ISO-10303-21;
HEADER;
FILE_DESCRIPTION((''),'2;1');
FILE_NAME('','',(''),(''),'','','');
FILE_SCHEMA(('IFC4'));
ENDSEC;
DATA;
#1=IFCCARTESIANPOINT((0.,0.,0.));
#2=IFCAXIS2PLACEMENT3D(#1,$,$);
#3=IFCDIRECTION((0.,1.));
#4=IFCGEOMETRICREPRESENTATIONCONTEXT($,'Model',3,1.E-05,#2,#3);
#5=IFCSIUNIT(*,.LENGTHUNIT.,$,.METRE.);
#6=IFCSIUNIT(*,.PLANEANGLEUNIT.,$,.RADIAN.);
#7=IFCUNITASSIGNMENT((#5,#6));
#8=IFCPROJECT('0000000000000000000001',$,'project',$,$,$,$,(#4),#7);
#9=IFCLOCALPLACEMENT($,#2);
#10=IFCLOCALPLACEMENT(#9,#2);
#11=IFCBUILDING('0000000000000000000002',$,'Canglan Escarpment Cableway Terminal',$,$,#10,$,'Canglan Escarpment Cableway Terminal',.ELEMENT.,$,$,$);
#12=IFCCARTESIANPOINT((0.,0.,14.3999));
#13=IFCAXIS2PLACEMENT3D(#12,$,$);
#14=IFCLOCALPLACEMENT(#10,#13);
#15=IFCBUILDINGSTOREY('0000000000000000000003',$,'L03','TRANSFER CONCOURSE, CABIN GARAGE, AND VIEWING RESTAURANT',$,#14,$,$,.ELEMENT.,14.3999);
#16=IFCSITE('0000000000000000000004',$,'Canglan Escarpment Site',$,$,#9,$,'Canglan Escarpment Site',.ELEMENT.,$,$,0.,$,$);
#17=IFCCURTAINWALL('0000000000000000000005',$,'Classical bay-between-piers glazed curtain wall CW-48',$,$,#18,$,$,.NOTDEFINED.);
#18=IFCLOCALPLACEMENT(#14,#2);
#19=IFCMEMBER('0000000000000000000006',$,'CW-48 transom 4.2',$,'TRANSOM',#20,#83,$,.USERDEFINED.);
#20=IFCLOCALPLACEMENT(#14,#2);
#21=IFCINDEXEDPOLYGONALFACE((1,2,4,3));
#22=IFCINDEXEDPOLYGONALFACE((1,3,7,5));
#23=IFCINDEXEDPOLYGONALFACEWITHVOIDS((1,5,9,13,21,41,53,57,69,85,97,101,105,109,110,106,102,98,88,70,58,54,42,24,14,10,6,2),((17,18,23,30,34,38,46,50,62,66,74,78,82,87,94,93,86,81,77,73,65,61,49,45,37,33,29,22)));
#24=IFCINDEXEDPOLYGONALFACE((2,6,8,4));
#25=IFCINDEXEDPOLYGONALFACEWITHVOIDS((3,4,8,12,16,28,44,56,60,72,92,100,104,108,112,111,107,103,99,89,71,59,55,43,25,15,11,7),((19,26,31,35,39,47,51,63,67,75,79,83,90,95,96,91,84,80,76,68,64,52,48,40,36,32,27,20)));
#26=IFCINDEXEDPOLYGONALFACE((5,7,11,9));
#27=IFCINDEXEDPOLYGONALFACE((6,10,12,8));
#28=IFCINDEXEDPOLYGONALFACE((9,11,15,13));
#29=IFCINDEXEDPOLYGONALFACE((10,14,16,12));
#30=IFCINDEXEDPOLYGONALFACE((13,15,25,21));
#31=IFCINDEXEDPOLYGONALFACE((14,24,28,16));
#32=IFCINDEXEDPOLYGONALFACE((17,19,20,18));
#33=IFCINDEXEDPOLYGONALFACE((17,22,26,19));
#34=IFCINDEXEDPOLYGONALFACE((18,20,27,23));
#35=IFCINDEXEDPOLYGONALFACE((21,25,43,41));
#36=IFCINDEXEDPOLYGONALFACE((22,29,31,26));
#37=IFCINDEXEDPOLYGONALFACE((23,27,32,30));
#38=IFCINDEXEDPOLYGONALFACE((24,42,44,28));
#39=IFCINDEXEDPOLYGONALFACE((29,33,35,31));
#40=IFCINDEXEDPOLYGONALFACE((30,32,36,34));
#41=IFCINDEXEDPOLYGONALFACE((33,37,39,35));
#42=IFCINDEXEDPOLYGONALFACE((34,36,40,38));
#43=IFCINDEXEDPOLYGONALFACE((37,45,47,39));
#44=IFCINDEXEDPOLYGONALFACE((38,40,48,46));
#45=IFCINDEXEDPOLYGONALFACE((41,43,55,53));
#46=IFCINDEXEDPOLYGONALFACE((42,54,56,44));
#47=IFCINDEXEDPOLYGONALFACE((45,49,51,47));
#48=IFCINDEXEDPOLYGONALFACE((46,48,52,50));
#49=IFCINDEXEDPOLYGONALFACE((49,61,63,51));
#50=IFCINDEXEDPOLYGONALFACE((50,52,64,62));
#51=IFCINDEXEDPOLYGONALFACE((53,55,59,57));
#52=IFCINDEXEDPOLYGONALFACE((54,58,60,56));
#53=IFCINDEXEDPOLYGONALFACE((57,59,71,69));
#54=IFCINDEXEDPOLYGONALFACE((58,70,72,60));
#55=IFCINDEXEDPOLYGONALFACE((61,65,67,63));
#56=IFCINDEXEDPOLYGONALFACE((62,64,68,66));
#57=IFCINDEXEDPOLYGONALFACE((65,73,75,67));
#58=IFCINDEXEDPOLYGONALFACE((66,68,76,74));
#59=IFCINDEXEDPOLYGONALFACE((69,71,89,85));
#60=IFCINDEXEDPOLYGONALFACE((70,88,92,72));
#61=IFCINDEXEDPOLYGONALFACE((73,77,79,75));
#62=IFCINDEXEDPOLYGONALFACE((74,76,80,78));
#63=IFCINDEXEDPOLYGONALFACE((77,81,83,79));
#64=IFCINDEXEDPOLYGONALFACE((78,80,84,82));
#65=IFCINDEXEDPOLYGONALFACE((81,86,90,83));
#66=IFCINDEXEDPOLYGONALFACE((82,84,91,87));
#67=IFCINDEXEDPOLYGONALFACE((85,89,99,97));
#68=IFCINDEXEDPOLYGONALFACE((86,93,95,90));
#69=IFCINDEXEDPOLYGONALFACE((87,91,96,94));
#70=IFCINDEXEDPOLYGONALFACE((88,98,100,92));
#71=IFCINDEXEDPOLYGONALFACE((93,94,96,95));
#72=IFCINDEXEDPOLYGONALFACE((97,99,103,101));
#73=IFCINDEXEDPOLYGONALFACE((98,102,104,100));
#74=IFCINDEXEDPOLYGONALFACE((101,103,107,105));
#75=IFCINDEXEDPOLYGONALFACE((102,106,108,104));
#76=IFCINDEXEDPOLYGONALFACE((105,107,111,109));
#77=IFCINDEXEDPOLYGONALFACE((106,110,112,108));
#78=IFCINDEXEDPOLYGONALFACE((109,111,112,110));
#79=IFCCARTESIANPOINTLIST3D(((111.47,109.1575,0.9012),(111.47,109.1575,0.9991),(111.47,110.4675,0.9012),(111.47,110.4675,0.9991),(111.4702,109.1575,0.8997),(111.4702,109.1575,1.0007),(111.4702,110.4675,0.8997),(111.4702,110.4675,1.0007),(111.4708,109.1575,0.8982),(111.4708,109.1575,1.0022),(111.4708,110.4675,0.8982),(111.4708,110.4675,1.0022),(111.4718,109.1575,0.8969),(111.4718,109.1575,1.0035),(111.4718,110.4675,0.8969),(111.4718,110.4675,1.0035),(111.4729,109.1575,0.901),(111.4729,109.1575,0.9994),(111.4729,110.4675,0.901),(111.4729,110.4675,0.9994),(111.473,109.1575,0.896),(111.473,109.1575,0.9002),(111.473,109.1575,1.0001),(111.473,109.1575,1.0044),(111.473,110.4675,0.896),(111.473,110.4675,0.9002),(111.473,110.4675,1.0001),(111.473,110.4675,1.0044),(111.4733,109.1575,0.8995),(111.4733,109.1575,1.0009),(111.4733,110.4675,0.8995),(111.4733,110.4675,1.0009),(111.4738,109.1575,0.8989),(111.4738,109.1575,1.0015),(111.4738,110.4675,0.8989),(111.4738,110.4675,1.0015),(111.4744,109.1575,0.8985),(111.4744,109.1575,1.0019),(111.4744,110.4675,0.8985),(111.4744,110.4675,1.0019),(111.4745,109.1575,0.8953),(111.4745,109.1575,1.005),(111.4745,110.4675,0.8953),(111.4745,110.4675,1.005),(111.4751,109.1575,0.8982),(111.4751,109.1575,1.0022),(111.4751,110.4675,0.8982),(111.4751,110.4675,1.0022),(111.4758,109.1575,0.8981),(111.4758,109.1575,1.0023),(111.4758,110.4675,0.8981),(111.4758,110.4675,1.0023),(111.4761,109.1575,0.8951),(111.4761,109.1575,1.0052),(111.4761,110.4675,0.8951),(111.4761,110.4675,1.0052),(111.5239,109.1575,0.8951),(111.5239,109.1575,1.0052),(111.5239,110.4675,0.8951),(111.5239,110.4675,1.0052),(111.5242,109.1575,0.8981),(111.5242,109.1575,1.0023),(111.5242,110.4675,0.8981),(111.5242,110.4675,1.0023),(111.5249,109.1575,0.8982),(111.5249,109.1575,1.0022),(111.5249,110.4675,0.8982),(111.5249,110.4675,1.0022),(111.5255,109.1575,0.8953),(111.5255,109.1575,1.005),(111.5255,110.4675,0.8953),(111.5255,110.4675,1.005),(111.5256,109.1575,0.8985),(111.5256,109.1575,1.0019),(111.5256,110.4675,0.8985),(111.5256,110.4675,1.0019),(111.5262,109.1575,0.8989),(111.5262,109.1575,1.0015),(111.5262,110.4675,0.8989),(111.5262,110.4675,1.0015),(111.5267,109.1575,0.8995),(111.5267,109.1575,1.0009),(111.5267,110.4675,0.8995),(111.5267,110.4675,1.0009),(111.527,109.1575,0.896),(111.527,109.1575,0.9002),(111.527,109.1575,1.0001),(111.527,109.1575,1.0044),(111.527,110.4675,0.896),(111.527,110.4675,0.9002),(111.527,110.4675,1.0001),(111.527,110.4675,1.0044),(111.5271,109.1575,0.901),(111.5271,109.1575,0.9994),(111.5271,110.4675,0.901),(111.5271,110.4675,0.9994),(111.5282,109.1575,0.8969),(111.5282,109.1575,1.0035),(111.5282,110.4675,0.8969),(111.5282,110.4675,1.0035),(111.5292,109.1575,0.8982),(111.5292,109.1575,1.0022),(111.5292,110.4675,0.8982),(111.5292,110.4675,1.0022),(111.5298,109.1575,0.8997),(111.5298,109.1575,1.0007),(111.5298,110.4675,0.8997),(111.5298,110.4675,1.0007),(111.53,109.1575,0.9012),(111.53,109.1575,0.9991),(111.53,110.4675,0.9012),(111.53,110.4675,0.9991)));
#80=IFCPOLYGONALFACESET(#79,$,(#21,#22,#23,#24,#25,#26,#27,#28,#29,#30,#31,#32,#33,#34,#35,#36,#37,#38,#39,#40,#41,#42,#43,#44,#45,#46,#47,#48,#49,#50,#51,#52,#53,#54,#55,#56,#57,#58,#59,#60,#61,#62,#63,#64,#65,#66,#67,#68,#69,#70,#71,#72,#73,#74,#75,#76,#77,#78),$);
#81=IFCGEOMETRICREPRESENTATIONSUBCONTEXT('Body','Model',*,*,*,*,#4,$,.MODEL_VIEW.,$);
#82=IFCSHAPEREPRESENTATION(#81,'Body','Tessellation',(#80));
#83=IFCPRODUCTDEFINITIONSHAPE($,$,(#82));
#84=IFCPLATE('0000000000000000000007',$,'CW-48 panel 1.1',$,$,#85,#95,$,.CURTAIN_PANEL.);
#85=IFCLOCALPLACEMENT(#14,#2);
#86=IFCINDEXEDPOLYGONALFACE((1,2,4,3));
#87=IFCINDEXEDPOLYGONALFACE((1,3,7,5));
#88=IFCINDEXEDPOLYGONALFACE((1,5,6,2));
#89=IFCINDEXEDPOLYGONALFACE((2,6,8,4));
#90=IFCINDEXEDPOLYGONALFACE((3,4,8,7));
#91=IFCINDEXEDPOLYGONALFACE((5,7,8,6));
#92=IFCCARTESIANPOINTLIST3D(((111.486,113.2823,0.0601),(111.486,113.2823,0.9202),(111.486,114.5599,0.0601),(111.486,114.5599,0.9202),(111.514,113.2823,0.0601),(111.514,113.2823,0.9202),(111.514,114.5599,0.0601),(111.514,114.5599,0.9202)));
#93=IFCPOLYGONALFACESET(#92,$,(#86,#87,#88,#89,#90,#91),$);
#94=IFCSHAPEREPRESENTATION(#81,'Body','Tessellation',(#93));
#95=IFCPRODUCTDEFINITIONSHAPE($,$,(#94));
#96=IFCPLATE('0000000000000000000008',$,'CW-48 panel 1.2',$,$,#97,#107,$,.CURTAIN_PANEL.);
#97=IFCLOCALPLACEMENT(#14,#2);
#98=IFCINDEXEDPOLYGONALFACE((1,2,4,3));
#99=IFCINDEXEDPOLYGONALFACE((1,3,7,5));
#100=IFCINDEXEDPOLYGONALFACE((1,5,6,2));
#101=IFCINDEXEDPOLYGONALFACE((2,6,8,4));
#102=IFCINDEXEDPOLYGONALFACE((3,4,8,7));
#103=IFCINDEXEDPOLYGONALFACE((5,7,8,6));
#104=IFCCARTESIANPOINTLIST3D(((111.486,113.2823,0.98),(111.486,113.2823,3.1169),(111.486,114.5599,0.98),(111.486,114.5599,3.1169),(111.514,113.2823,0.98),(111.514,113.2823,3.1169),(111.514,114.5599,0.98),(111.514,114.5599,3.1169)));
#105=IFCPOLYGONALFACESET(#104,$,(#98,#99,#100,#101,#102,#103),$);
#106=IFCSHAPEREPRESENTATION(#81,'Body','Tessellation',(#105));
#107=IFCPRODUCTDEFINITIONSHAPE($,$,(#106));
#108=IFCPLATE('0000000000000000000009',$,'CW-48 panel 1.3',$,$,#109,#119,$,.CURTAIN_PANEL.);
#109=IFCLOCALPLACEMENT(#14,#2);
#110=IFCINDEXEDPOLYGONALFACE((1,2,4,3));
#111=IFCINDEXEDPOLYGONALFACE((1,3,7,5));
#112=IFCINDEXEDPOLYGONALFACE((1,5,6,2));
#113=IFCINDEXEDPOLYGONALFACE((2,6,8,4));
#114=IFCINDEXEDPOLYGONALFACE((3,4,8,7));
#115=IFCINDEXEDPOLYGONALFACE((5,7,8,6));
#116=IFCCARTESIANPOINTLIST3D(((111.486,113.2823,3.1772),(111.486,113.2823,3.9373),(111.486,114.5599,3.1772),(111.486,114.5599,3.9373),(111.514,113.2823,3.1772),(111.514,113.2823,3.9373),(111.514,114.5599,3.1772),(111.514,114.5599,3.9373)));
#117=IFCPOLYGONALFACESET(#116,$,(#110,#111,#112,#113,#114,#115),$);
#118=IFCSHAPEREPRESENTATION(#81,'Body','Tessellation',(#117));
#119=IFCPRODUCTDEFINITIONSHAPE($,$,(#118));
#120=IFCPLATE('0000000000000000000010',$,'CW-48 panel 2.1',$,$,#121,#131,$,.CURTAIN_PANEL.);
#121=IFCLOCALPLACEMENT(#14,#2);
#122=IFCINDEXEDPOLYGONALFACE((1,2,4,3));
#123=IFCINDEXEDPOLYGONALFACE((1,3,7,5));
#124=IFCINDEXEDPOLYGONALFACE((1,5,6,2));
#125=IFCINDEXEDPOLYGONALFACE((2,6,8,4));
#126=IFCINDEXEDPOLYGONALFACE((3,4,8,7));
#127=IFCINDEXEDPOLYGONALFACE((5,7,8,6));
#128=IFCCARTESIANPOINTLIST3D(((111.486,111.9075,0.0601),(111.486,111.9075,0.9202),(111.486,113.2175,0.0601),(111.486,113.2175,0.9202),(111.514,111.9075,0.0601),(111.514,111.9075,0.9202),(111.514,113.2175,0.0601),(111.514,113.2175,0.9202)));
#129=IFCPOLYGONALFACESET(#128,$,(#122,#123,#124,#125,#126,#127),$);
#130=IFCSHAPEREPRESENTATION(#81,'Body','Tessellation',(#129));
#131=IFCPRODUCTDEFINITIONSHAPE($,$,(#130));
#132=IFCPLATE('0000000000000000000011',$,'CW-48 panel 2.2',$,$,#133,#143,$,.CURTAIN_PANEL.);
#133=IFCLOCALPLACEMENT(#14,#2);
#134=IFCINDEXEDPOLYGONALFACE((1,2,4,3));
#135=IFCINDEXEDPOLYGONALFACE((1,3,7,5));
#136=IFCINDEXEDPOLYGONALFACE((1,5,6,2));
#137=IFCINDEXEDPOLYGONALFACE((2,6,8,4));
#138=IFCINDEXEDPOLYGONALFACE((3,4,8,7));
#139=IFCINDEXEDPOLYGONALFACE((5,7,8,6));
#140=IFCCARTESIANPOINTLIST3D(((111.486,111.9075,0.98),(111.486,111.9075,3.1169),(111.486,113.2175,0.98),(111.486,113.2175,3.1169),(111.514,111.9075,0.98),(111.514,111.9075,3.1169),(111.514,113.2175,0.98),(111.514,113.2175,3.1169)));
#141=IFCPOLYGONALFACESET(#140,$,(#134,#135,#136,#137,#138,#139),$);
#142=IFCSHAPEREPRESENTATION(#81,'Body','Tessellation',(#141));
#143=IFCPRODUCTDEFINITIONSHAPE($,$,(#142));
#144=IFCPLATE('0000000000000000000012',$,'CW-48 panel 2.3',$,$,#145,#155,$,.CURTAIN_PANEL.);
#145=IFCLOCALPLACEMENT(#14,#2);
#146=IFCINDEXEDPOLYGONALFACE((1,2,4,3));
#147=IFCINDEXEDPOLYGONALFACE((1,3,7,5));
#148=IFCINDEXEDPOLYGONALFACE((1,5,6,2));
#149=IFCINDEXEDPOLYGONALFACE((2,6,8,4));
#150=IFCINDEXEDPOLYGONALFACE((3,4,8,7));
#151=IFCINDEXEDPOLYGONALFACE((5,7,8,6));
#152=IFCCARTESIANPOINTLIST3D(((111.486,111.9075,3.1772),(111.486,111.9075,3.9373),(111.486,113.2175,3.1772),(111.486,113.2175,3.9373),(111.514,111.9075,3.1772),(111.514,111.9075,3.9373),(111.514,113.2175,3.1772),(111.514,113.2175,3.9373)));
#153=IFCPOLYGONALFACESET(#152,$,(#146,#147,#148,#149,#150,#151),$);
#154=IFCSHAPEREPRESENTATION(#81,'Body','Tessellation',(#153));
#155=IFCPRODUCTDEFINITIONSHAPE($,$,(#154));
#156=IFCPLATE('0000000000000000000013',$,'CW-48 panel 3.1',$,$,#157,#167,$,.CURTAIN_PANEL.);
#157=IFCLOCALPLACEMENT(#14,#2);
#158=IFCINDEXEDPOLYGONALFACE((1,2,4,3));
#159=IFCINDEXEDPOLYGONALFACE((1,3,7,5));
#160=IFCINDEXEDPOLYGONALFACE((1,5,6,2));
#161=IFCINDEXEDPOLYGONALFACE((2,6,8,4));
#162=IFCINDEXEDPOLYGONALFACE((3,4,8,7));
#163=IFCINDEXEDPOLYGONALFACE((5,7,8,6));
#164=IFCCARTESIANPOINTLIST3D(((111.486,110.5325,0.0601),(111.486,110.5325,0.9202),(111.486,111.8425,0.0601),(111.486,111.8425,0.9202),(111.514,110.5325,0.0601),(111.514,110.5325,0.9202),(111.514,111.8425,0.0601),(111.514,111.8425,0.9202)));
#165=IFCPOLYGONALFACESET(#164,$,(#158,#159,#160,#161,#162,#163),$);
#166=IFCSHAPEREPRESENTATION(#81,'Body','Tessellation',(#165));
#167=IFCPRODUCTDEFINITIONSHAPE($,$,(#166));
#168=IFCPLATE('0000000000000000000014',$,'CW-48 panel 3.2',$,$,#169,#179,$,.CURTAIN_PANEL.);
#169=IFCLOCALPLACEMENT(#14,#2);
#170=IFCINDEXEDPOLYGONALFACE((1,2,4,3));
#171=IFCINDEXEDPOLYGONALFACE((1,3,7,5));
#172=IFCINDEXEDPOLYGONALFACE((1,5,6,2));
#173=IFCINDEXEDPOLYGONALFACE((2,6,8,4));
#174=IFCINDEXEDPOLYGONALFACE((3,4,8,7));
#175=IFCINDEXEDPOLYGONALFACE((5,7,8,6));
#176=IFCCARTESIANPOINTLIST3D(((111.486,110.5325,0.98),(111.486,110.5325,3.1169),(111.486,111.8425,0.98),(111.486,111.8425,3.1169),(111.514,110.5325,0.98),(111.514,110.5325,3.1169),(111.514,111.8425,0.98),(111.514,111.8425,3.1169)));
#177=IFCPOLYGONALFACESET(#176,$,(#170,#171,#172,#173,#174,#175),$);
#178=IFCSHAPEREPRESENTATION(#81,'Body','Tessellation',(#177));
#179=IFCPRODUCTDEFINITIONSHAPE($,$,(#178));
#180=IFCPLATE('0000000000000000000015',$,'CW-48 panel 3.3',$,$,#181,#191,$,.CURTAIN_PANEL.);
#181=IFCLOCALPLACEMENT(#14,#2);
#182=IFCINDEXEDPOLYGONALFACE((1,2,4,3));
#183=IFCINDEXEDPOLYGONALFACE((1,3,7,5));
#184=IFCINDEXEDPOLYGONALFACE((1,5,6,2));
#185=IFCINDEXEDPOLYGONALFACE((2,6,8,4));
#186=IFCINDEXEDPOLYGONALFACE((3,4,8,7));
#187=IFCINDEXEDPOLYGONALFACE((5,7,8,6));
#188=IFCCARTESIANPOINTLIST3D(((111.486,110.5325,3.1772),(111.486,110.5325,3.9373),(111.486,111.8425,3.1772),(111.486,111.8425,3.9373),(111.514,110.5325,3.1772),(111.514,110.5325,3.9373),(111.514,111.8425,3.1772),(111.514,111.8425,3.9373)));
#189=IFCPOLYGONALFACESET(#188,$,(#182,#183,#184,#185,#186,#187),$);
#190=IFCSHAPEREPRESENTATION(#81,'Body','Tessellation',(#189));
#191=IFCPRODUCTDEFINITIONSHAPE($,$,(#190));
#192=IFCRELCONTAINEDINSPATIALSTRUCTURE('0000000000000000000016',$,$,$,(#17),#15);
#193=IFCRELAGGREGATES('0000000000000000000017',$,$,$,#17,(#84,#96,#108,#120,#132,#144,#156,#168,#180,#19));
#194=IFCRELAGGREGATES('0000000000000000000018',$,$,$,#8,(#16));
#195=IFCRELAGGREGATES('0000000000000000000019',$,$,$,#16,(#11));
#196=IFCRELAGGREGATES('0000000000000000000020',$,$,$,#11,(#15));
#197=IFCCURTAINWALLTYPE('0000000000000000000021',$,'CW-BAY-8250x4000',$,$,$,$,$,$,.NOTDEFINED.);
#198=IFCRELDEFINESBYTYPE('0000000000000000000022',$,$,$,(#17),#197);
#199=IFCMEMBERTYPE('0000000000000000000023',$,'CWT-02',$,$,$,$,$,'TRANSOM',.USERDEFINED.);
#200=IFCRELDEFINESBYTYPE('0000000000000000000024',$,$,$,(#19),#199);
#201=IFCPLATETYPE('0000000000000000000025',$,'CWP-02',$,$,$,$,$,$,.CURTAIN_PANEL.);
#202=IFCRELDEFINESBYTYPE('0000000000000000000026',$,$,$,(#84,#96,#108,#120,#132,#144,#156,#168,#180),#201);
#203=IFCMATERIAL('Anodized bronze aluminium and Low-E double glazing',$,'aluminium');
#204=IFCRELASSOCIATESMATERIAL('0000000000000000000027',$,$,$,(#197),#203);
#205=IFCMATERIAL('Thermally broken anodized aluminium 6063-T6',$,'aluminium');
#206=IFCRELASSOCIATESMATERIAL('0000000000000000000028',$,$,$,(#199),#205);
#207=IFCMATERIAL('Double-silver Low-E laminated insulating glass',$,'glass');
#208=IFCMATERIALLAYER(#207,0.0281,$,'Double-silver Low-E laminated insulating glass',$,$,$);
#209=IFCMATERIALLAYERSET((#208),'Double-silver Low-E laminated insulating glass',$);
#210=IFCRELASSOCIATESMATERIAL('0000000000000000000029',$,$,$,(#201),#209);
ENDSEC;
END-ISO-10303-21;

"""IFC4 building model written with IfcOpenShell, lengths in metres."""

from ifc_helpers import new_model, si_unit, direction, frame, origin, origin_2d, place, context, subcontext, project, spatial, rectangle, hollow_rectangle, extrude, material, layer, layer_set, material_profile, profile_set, type_object, element, aggregate, save


model = new_model("IFC4")

# Units and contexts
model_context = context("Model", 3, precision=1e-05, world=origin(), true_north=direction((0.0, 1.0)))
body_context = subcontext(model_context, "Body", "Model", "MODEL_VIEW")
ifc_project = project(units=[si_unit("LENGTHUNIT", "METRE"), si_unit("PLANEANGLEUNIT", "RADIAN")], contexts=[model_context])

# Site, building, storey
site_placement = place(None, origin())
site = spatial("IfcSite", under=ifc_project, at=site_placement, Name="Canglan Escarpment Site", LongName="Canglan Escarpment Site", CompositionType="ELEMENT", RefElevation=0.0)
building_placement = place(site_placement, origin())
building = spatial("IfcBuilding", under=site, at=building_placement, Name="Canglan Escarpment Cableway Terminal", LongName="Canglan Escarpment Cableway Terminal", CompositionType="ELEMENT")
storey_placement = place(building_placement, frame((0.0, 0.0, 14.3999)))
storey = spatial("IfcBuildingStorey", under=building, at=storey_placement, Name="L03", Description="TRANSFER CONCOURSE, CABIN GARAGE, AND VIEWING RESTAURANT", CompositionType="ELEMENT", Elevation=14.3999)

# Curtain wall, member, plates
ifc_material_1 = material(Name="Anodized bronze aluminium and Low-E double glazing", Category="aluminium")
curtain_wall_type = type_object("IfcCurtainWallType", Name="CW-BAY-8250x4000", PredefinedType="NOTDEFINED", material=ifc_material_1)
curtain_wall_placement = place(storey_placement, origin())
curtain_wall = element("IfcCurtainWall", 1, at=curtain_wall_placement, inside=storey, type_object=curtain_wall_type, Name="Classical bay-between-piers glazed curtain wall CW-48", PredefinedType="NOTDEFINED")
ifc_material_2 = material(Name="Thermally broken anodized aluminium 6063-T6", Category="aluminium")
ifc_material_profile_1 = material_profile(ifc_material_2, hollow_rectangle(XDim=0.0601, YDim=0.1101, WallThickness=0.0029, InnerFilletRadius=0.0029, OuterFilletRadius=0.0061, at=origin_2d()), Name="ALU-TRAN 60x110x3")
ifc_profile_set_1 = profile_set([ifc_material_profile_1], Name="Thermally broken anodized aluminium 6063-T6")
member_type_1 = type_object("IfcMemberType", Name="CWT-02", ElementType="TRANSOM", PredefinedType="USERDEFINED", material=ifc_profile_set_1)
member_1_placement = place(storey_placement, frame((111.5, 110.4675, 0.9502), z_axis=(0.0, -1.0, 0.0), x_axis=(1.0, 0.0, 0.0)))
member_1 = element("IfcMember", 2, at=member_1_placement, type_object=member_type_1, Name="CW-48 transom 4.2", ObjectType="TRANSOM", PredefinedType="USERDEFINED", context=body_context, shape_type="SweptSolid", body=[
    extrude(hollow_rectangle(XDim=0.0601, YDim=0.1101, WallThickness=0.0029, InnerFilletRadius=0.0029, OuterFilletRadius=0.0061, at=origin_2d()), origin(), (0.0, 0.0, 1.0), 1.3101),
])
ifc_material_3 = material(Name="Double-silver Low-E laminated insulating glass", Category="glass")
ifc_layer = layer(ifc_material_3, 0.0281, Name="Double-silver Low-E laminated insulating glass")
ifc_layer_set = layer_set([ifc_layer], Name="Double-silver Low-E laminated insulating glass")
plate_type = type_object("IfcPlateType", Name="CWP-02", PredefinedType="CURTAIN_PANEL", material=ifc_layer_set)
plate_1_placement = place(storey_placement, frame((111.5, 113.9211, 0.0601), z_axis=(0.0, 0.0, 1.0), x_axis=(0.0, -1.0, 0.0)))
plate_1 = element("IfcPlate", 3, at=plate_1_placement, type_object=plate_type, Name="CW-48 panel 1.1", PredefinedType="CURTAIN_PANEL", context=body_context, shape_type="SweptSolid", body=[
    extrude(rectangle(XDim=1.2776, YDim=0.0281, at=origin_2d()), origin(), (0.0, 0.0, 1.0), 0.8601),
])
plate_2_placement = place(storey_placement, frame((111.5, 113.9211, 0.98), z_axis=(0.0, 0.0, 1.0), x_axis=(0.0, -1.0, 0.0)))
plate_2 = element("IfcPlate", 4, at=plate_2_placement, type_object=plate_type, Name="CW-48 panel 1.2", PredefinedType="CURTAIN_PANEL", context=body_context, shape_type="SweptSolid", body=[
    extrude(rectangle(XDim=1.2776, YDim=0.0281, at=origin_2d()), origin(), (0.0, 0.0, 1.0), 2.137),
])
plate_3_placement = place(storey_placement, frame((111.5, 113.9211, 3.1772), z_axis=(0.0, 0.0, 1.0), x_axis=(0.0, -1.0, 0.0)))
plate_3 = element("IfcPlate", 5, at=plate_3_placement, type_object=plate_type, Name="CW-48 panel 1.3", PredefinedType="CURTAIN_PANEL", context=body_context, shape_type="SweptSolid", body=[
    extrude(rectangle(XDim=1.2776, YDim=0.0281, at=origin_2d()), origin(), (0.0, 0.0, 1.0), 0.76),
])
plate_4_placement = place(storey_placement, frame((111.5, 112.5625, 0.0601), z_axis=(0.0, 0.0, 1.0), x_axis=(0.0, -1.0, 0.0)))
plate_4 = element("IfcPlate", 6, at=plate_4_placement, type_object=plate_type, Name="CW-48 panel 2.1", PredefinedType="CURTAIN_PANEL", context=body_context, shape_type="SweptSolid", body=[
    extrude(rectangle(XDim=1.3101, YDim=0.0281, at=origin_2d()), origin(), (0.0, 0.0, 1.0), 0.8601),
])
plate_5_placement = place(storey_placement, frame((111.5, 112.5625, 0.98), z_axis=(0.0, 0.0, 1.0), x_axis=(0.0, -1.0, 0.0)))
plate_5 = element("IfcPlate", 7, at=plate_5_placement, type_object=plate_type, Name="CW-48 panel 2.2", PredefinedType="CURTAIN_PANEL", context=body_context, shape_type="SweptSolid", body=[
    extrude(rectangle(XDim=1.3101, YDim=0.0281, at=origin_2d()), origin(), (0.0, 0.0, 1.0), 2.137),
])
plate_6_placement = place(storey_placement, frame((111.5, 112.5625, 3.1772), z_axis=(0.0, 0.0, 1.0), x_axis=(0.0, -1.0, 0.0)))
plate_6 = element("IfcPlate", 8, at=plate_6_placement, type_object=plate_type, Name="CW-48 panel 2.3", PredefinedType="CURTAIN_PANEL", context=body_context, shape_type="SweptSolid", body=[
    extrude(rectangle(XDim=1.3101, YDim=0.0281, at=origin_2d()), origin(), (0.0, 0.0, 1.0), 0.76),
])
plate_7_placement = place(storey_placement, frame((111.5, 111.1875, 0.0601), z_axis=(0.0, 0.0, 1.0), x_axis=(0.0, -1.0, 0.0)))
plate_7 = element("IfcPlate", 9, at=plate_7_placement, type_object=plate_type, Name="CW-48 panel 3.1", PredefinedType="CURTAIN_PANEL", context=body_context, shape_type="SweptSolid", body=[
    extrude(rectangle(XDim=1.3101, YDim=0.0281, at=origin_2d()), origin(), (0.0, 0.0, 1.0), 0.8601),
])
plate_8_placement = place(storey_placement, frame((111.5, 111.1875, 0.98), z_axis=(0.0, 0.0, 1.0), x_axis=(0.0, -1.0, 0.0)))
plate_8 = element("IfcPlate", 10, at=plate_8_placement, type_object=plate_type, Name="CW-48 panel 3.2", PredefinedType="CURTAIN_PANEL", context=body_context, shape_type="SweptSolid", body=[
    extrude(rectangle(XDim=1.3101, YDim=0.0281, at=origin_2d()), origin(), (0.0, 0.0, 1.0), 2.137),
])
plate_9_placement = place(storey_placement, frame((111.5, 111.1875, 3.1772), z_axis=(0.0, 0.0, 1.0), x_axis=(0.0, -1.0, 0.0)))
plate_9 = element("IfcPlate", 11, at=plate_9_placement, type_object=plate_type, Name="CW-48 panel 3.3", PredefinedType="CURTAIN_PANEL", context=body_context, shape_type="SweptSolid", body=[
    extrude(rectangle(XDim=1.3101, YDim=0.0281, at=origin_2d()), origin(), (0.0, 0.0, 1.0), 0.76),
])
aggregate(curtain_wall, [plate_1, plate_2, plate_3, plate_4, plate_5, plate_6, plate_7, plate_8, plate_9, member_1])

save(model, "model.ifc")
